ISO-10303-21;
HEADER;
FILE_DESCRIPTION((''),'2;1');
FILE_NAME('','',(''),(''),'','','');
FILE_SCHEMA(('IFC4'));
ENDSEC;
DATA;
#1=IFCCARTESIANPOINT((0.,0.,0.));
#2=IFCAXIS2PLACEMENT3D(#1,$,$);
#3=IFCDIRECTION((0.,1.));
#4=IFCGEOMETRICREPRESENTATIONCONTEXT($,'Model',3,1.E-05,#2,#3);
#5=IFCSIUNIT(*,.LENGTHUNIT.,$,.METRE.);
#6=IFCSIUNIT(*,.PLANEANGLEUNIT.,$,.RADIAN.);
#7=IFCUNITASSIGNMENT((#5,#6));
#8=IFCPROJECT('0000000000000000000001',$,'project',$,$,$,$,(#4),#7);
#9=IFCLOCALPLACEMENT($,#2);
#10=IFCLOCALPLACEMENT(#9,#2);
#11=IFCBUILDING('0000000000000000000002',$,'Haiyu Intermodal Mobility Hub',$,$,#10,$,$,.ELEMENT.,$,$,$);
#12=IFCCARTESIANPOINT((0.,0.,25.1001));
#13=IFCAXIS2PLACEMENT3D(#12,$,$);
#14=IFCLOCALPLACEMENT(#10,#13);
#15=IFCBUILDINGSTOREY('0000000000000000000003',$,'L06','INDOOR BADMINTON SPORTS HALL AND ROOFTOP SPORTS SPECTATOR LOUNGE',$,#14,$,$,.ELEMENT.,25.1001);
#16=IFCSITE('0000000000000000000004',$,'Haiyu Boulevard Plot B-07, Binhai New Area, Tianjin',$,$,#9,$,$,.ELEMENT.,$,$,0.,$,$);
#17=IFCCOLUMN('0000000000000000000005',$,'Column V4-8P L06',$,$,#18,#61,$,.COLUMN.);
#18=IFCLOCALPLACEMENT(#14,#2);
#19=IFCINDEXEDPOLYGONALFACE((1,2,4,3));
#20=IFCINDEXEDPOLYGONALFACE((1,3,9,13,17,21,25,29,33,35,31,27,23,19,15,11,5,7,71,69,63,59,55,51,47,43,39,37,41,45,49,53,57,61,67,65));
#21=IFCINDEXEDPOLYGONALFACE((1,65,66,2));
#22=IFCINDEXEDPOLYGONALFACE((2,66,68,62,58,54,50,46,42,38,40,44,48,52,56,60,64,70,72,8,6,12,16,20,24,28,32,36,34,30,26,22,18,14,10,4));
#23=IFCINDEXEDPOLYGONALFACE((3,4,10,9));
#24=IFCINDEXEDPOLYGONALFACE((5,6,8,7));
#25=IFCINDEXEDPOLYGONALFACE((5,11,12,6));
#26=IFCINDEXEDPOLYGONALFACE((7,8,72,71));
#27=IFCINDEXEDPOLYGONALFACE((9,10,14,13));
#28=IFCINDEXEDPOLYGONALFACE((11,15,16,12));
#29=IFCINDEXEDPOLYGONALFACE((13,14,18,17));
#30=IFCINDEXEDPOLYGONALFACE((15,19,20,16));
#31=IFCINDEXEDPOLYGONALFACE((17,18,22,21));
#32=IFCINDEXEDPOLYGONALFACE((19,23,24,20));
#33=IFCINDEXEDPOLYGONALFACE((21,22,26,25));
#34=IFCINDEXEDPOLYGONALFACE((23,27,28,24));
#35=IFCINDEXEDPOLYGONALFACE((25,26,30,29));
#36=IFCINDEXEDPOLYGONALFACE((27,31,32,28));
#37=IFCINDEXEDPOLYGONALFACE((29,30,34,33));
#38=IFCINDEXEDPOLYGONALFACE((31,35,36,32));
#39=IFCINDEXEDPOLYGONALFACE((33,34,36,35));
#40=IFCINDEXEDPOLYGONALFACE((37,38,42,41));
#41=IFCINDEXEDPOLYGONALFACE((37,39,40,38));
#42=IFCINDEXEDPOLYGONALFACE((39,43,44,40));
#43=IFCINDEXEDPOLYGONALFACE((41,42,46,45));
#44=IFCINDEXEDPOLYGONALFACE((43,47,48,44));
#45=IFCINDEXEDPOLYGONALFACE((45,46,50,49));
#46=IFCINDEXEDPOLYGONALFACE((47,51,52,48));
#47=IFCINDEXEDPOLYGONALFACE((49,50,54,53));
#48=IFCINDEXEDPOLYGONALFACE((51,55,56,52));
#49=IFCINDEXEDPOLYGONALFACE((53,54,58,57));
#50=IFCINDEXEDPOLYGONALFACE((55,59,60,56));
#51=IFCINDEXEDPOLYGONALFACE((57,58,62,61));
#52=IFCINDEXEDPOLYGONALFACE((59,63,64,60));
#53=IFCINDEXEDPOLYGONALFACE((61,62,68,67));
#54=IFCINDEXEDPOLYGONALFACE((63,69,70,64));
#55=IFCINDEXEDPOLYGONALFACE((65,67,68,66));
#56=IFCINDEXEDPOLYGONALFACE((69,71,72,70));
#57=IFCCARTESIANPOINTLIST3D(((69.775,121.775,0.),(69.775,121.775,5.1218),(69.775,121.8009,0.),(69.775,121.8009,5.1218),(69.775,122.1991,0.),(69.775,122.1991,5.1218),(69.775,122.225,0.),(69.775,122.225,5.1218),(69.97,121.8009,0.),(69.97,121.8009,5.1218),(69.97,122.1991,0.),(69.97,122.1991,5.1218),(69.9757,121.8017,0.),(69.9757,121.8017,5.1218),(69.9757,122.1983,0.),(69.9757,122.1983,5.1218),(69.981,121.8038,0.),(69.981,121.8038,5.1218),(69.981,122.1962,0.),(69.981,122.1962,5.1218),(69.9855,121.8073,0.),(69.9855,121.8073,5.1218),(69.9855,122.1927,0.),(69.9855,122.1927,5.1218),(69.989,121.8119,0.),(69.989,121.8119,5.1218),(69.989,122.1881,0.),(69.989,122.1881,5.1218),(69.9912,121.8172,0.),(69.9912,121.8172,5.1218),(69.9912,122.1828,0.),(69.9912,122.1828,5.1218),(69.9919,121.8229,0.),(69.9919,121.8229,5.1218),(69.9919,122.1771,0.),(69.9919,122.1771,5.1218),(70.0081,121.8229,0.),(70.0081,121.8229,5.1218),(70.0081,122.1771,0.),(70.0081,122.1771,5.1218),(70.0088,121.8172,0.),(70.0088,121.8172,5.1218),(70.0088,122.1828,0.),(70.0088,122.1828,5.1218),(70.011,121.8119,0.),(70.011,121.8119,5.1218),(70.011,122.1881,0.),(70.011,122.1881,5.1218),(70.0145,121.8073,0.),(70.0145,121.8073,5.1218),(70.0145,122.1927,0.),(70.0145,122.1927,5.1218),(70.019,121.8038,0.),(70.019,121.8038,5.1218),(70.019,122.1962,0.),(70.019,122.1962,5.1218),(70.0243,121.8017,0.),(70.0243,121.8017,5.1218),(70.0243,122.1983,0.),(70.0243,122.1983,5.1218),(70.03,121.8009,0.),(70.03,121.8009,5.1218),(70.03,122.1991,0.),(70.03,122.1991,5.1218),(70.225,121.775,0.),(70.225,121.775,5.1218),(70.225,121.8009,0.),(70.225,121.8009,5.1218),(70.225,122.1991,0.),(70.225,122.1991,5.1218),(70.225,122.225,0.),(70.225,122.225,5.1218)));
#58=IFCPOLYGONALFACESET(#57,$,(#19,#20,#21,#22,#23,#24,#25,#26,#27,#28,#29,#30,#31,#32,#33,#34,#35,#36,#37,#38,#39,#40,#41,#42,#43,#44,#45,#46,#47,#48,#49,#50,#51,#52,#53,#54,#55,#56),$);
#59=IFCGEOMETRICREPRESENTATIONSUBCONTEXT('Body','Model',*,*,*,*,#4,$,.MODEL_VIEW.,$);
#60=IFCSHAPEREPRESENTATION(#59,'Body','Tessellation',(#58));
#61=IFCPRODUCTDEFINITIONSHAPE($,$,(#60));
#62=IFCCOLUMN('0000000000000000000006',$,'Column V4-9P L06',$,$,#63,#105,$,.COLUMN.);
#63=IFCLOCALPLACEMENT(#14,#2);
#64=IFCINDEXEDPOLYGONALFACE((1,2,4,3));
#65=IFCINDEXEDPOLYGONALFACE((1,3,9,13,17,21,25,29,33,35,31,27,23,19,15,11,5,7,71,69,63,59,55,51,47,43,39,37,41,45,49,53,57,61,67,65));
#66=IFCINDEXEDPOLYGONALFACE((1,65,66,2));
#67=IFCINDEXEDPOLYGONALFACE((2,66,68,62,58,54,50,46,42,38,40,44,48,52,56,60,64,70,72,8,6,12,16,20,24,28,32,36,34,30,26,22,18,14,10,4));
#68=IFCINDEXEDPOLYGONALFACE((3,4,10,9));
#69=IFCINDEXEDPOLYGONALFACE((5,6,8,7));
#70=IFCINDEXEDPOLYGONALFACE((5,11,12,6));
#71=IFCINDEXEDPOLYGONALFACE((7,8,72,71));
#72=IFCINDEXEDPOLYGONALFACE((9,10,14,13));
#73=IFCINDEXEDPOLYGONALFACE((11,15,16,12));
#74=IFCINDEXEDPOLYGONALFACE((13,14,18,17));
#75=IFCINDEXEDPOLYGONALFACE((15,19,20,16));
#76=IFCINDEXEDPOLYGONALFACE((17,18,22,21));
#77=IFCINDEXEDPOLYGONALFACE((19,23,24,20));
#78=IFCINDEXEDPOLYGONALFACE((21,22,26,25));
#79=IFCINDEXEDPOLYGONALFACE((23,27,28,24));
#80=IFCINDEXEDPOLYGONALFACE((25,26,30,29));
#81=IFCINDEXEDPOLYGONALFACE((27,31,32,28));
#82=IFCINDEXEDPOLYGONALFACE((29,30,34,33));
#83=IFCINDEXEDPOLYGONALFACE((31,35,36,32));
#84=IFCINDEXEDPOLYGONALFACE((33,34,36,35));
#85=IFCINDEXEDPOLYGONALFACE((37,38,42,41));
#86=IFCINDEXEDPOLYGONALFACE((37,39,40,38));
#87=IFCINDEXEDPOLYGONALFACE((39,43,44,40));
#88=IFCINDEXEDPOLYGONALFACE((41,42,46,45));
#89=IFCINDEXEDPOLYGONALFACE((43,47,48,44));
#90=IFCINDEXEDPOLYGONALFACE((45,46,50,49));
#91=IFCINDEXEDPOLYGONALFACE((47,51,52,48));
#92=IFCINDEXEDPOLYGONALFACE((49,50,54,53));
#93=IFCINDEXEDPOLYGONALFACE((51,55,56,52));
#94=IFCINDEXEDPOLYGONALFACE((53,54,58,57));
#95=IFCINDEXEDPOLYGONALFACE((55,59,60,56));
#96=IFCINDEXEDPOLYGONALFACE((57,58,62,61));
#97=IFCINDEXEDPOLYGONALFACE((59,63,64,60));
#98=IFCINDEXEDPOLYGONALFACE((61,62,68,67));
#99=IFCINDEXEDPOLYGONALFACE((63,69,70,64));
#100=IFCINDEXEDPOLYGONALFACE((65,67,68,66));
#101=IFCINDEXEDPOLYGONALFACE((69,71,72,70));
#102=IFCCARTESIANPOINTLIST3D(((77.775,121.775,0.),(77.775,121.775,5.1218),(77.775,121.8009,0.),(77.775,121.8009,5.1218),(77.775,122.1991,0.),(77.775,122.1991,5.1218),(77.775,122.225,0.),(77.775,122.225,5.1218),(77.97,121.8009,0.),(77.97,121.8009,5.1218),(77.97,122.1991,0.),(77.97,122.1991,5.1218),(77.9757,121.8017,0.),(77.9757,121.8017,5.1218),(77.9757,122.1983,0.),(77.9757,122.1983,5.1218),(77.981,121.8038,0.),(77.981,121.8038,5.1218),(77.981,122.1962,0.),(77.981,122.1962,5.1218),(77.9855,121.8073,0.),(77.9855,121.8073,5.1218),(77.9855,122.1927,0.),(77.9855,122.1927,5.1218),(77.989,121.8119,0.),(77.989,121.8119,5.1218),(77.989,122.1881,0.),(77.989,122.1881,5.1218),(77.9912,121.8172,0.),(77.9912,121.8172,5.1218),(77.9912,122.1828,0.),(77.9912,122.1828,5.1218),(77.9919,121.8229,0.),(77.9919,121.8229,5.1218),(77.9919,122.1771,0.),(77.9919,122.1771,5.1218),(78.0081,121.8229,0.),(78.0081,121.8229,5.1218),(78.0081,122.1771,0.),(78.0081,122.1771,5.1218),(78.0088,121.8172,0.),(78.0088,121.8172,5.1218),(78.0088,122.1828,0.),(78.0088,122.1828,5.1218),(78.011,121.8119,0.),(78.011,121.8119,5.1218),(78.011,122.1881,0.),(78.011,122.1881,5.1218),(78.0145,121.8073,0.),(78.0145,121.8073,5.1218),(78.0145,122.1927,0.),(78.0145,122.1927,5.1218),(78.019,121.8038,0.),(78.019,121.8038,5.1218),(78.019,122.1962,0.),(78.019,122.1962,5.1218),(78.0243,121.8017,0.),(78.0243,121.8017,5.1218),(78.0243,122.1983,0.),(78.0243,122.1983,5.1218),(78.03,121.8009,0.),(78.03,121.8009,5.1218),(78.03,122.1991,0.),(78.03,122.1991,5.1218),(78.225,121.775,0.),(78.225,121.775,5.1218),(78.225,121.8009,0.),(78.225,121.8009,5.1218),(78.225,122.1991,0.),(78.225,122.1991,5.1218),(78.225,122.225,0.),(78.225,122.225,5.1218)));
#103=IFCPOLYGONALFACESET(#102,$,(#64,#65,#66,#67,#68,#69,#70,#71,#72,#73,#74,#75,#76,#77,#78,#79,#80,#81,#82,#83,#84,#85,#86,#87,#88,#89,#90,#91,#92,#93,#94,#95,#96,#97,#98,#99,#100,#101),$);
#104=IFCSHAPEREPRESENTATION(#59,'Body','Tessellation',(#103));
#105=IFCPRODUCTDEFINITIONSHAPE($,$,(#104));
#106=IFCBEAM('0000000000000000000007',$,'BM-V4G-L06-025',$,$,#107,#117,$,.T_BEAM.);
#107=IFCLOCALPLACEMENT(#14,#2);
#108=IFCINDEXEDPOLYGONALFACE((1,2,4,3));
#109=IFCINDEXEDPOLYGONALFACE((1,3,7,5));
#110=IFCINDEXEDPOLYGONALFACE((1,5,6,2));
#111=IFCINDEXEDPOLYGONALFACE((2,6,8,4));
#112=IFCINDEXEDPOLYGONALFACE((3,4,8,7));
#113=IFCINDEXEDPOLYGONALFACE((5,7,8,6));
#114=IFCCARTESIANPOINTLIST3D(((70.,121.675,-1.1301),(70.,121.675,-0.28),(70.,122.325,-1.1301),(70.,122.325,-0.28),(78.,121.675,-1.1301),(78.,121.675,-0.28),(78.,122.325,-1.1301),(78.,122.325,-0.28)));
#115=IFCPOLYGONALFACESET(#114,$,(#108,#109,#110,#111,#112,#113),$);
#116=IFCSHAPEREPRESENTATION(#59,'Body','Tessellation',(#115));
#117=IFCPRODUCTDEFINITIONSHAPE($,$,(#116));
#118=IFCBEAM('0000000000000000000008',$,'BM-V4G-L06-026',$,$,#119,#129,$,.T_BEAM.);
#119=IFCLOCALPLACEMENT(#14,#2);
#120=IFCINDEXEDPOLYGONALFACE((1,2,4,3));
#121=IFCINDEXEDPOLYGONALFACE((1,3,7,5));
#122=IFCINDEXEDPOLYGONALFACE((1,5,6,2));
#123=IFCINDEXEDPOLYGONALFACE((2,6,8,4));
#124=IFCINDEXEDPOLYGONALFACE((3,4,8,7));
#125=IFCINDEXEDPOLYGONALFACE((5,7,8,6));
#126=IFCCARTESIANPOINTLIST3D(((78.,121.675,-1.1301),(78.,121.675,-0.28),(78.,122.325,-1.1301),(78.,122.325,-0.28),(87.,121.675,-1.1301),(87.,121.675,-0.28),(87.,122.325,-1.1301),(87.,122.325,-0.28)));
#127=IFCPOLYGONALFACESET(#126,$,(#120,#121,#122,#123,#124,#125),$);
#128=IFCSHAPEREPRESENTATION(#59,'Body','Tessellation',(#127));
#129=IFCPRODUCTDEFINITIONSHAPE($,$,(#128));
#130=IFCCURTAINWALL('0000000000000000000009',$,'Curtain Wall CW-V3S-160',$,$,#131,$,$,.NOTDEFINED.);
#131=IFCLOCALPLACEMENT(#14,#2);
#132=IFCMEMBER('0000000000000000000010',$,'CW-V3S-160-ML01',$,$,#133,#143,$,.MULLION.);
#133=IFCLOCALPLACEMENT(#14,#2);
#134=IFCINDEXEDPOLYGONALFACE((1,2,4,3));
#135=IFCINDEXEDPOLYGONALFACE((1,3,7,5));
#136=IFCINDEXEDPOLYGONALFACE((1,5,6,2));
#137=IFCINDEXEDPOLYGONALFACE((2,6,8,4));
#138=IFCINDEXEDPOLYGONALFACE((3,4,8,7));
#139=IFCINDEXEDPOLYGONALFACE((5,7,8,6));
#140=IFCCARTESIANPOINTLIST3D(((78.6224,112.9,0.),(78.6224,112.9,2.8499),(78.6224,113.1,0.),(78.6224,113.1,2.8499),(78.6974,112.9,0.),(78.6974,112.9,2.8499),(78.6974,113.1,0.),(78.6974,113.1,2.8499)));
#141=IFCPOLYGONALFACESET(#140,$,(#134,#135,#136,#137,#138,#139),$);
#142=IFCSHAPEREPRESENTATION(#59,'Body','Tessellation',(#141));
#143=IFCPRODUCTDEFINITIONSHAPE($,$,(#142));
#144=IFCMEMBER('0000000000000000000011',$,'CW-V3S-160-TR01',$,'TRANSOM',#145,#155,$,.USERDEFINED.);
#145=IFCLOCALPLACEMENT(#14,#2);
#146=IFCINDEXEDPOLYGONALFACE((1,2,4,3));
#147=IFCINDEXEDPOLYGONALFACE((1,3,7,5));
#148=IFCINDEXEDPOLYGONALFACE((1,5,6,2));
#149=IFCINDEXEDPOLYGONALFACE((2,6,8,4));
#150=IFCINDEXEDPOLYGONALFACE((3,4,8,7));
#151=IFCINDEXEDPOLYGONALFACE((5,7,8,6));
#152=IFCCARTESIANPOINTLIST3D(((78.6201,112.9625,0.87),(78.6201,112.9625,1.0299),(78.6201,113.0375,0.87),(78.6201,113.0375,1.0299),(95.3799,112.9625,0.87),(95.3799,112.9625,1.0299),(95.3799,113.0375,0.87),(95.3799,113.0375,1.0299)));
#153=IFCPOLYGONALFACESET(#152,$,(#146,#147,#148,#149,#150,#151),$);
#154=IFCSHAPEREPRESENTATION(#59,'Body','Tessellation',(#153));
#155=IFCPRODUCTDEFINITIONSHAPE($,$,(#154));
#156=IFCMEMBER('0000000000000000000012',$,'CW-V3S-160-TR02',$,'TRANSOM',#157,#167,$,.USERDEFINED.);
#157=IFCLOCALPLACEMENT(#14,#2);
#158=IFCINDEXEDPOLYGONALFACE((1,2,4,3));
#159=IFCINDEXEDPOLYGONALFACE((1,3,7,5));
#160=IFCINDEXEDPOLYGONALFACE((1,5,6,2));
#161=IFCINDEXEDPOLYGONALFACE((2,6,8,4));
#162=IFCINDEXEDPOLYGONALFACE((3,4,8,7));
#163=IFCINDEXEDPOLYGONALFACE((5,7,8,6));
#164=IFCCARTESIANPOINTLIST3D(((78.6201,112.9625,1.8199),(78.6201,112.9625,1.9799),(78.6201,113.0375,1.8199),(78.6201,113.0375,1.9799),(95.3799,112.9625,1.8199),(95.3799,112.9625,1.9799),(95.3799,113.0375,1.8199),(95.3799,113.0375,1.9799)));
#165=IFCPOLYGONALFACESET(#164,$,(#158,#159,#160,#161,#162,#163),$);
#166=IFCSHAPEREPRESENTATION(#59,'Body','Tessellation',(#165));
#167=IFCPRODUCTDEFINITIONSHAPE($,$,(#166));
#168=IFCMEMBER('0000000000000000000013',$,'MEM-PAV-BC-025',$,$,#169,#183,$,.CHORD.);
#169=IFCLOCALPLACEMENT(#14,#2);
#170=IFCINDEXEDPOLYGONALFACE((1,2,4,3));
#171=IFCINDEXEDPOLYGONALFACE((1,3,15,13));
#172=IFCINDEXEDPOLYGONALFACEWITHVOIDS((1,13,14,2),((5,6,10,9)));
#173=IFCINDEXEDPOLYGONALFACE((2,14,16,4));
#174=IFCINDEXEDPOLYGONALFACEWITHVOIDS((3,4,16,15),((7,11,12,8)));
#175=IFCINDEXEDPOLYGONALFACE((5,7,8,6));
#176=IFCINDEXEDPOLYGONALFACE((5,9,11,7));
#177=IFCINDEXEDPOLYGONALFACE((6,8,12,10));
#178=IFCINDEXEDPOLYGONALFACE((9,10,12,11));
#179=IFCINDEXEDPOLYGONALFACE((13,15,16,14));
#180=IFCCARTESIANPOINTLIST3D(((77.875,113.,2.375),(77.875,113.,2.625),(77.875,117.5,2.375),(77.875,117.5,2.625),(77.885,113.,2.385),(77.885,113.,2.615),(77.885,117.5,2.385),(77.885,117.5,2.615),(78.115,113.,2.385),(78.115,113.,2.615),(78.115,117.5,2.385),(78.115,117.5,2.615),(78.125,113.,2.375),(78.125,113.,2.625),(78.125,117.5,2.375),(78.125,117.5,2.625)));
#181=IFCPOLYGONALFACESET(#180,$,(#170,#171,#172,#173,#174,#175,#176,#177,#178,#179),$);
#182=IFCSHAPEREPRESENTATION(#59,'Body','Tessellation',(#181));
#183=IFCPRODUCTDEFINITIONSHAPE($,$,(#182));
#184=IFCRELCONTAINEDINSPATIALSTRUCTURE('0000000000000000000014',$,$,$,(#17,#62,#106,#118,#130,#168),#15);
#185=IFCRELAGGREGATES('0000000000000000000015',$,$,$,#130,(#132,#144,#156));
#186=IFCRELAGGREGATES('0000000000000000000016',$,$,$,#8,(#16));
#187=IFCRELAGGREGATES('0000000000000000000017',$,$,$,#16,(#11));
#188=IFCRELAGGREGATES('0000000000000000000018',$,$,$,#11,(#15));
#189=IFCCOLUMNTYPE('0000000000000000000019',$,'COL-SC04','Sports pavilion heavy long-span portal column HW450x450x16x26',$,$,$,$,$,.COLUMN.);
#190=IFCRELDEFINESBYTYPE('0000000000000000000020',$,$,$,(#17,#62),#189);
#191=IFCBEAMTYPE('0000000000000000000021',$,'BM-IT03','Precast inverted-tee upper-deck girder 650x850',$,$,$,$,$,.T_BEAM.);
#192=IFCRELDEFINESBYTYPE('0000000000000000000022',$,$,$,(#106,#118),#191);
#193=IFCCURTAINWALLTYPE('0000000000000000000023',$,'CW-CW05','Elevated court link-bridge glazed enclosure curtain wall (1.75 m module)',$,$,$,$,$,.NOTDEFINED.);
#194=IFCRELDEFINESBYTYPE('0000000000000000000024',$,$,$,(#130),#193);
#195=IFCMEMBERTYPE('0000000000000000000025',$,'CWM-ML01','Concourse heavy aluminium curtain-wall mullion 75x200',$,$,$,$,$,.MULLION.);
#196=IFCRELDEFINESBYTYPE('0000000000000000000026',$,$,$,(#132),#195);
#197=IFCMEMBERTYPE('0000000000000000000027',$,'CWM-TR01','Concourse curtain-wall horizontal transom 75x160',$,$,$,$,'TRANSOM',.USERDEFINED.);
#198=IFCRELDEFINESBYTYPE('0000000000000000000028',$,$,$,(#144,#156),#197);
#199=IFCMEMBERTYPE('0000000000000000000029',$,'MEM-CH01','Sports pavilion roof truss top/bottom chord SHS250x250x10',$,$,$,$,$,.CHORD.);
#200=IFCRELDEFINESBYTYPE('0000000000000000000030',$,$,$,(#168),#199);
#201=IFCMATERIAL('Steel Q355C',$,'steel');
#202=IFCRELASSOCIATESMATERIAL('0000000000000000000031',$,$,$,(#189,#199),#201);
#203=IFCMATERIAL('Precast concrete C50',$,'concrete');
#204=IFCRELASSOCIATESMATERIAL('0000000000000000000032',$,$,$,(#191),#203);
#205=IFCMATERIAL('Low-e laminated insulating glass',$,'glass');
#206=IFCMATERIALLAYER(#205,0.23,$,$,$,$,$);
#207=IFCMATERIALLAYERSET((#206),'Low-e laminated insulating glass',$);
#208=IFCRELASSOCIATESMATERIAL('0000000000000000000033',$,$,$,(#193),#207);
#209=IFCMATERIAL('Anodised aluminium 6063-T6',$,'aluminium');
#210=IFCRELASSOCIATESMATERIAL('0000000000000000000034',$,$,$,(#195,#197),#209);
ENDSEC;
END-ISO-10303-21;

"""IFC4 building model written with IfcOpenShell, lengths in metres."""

from ifc_helpers import new_model, si_unit, direction, frame, origin, origin_2d, place, context, subcontext, project, spatial, rectangle, hollow_rectangle, i_section, extrude, material, layer, layer_set, material_profile, profile_set, type_object, element, aggregate, save


model = new_model("IFC4")

# Units and contexts
model_context = context("Model", 3, precision=1e-05, world=origin(), true_north=direction((0.0, 1.0)))
body_context = subcontext(model_context, "Body", "Model", "MODEL_VIEW")
ifc_project = project(units=[si_unit("LENGTHUNIT", "METRE"), si_unit("PLANEANGLEUNIT", "RADIAN")], contexts=[model_context])

# Site, building, storey
site_placement = place(None, origin())
site = spatial("IfcSite", under=ifc_project, at=site_placement, Name="Haiyu Boulevard Plot B-07, Binhai New Area, Tianjin", CompositionType="ELEMENT", RefElevation=0.0)
building_placement = place(site_placement, origin())
building = spatial("IfcBuilding", under=site, at=building_placement, Name="Haiyu Intermodal Mobility Hub", CompositionType="ELEMENT")
storey_placement = place(building_placement, frame((0.0, 0.0, 25.1001)))
storey = spatial("IfcBuildingStorey", under=building, at=storey_placement, Name="L06", Description="INDOOR BADMINTON SPORTS HALL AND ROOFTOP SPORTS SPECTATOR LOUNGE", CompositionType="ELEMENT", Elevation=25.1001)

# Columns
ifc_material_1 = material(Name="Steel Q355C", Category="steel")
ifc_material_profile_1 = material_profile(ifc_material_1, i_section(OverallWidth=0.45, OverallDepth=0.45, WebThickness=0.0161, FlangeThickness=0.0259, FilletRadius=0.022, at=origin_2d()), Name="HW450x450x16x26")
ifc_profile_set_1 = profile_set([ifc_material_profile_1], Name="Steel Q355C")
column_type = type_object("IfcColumnType", Name="COL-SC04", Description="Sports pavilion heavy long-span portal column HW450x450x16x26", PredefinedType="COLUMN", material=ifc_profile_set_1)
for number, where, z_axis, x_axis, name in (
    (1, (70.0, 122.0, 0.0), (0.0, 0.0, 1.0), (1.0, 0.0, 0.0), "Column V4-8P L06"),
    (2, (78.0, 122.0, 0.0), (0.0, 0.0, 1.0), (1.0, 0.0, 0.0), "Column V4-9P L06"),
):
    element("IfcColumn", number, at=place(storey_placement, frame(where, z_axis=z_axis, x_axis=x_axis)), inside=storey, type_object=column_type, Name=name, PredefinedType="COLUMN", context=body_context, shape_type="SweptSolid", body=[
        extrude(i_section(OverallWidth=0.45, OverallDepth=0.45, WebThickness=0.0161, FlangeThickness=0.0259, FilletRadius=0.022, at=origin_2d()), origin(), (0.0, 0.0, 1.0), 5.1218),
    ])

# Beams
ifc_material_2 = material(Name="Precast concrete C50", Category="concrete")
ifc_material_profile_2 = material_profile(ifc_material_2, rectangle(XDim=0.6499, YDim=0.8501, at=origin_2d()), Name="PC650x850")
ifc_profile_set_2 = profile_set([ifc_material_profile_2], Name="Precast concrete C50")
beam_type = type_object("IfcBeamType", Name="BM-IT03", Description="Precast inverted-tee upper-deck girder 650x850", PredefinedType="T_BEAM", material=ifc_profile_set_2)
beam_1_placement = place(storey_placement, frame((70.0, 122.0, -0.7051), z_axis=(1.0, 0.0, 0.0), x_axis=(0.0, 1.0, 0.0)))
element("IfcBeam", 3, at=beam_1_placement, inside=storey, type_object=beam_type, Name="BM-V4G-L06-025", PredefinedType="T_BEAM", context=body_context, shape_type="SweptSolid", body=[
    extrude(rectangle(XDim=0.6499, YDim=0.8501, at=origin_2d()), origin(), (0.0, 0.0, 1.0), 8.0),
])
beam_2_placement = place(storey_placement, frame((78.0, 122.0, -0.7051), z_axis=(1.0, 0.0, 0.0), x_axis=(0.0, 1.0, 0.0)))
element("IfcBeam", 4, at=beam_2_placement, inside=storey, type_object=beam_type, Name="BM-V4G-L06-026", PredefinedType="T_BEAM", context=body_context, shape_type="SweptSolid", body=[
    extrude(rectangle(XDim=0.6499, YDim=0.8501, at=origin_2d()), origin(), (0.0, 0.0, 1.0), 9.0),
])

# Curtain wall, members
ifc_material_3 = material(Name="Low-e laminated insulating glass", Category="glass")
ifc_layer_1 = layer(ifc_material_3, 0.23)
ifc_layer_set_1 = layer_set([ifc_layer_1], Name="Low-e laminated insulating glass")
curtain_wall_type = type_object("IfcCurtainWallType", Name="CW-CW05", Description="Elevated court link-bridge glazed enclosure curtain wall (1.75 m module)", PredefinedType="NOTDEFINED", material=ifc_layer_set_1)
curtain_wall_placement = place(storey_placement, origin())
curtain_wall = element("IfcCurtainWall", 5, at=curtain_wall_placement, inside=storey, type_object=curtain_wall_type, Name="Curtain Wall CW-V3S-160", PredefinedType="NOTDEFINED")
ifc_material_4 = material(Name="Anodised aluminium 6063-T6", Category="aluminium")
ifc_material_profile_3 = material_profile(ifc_material_4, rectangle(XDim=0.075, YDim=0.2, at=origin_2d()), Name="ALU75x200")
ifc_profile_set_3 = profile_set([ifc_material_profile_3], Name="Anodised aluminium 6063-T6")
member_type_1 = type_object("IfcMemberType", Name="CWM-ML01", Description="Concourse heavy aluminium curtain-wall mullion 75x200", PredefinedType="MULLION", material=ifc_profile_set_3)
member_1_placement = place(storey_placement, frame((78.6599, 113.0, 0.0), z_axis=(0.0, 0.0, 1.0), x_axis=(1.0, 0.0, 0.0)))
member_1 = element("IfcMember", 6, at=member_1_placement, type_object=member_type_1, Name="CW-V3S-160-ML01", PredefinedType="MULLION", context=body_context, shape_type="SweptSolid", body=[
    extrude(rectangle(XDim=0.075, YDim=0.2, at=origin_2d()), origin(), (0.0, 0.0, 1.0), 2.8499),
])
ifc_material_profile_4 = material_profile(ifc_material_4, rectangle(XDim=0.075, YDim=0.1599, at=origin_2d()), Name="ALU75x160")
ifc_profile_set_4 = profile_set([ifc_material_profile_4], Name="Anodised aluminium 6063-T6")
member_type_2 = type_object("IfcMemberType", Name="CWM-TR01", Description="Concourse curtain-wall horizontal transom 75x160", ElementType="TRANSOM", PredefinedType="USERDEFINED", material=ifc_profile_set_4)
member_2_placement = place(storey_placement, frame((78.6201, 113.0, 0.95), z_axis=(1.0, 0.0, 0.0), x_axis=(0.0, 1.0, 0.0)))
member_2 = element("IfcMember", 7, at=member_2_placement, type_object=member_type_2, Name="CW-V3S-160-TR01", ObjectType="TRANSOM", PredefinedType="USERDEFINED", context=body_context, shape_type="SweptSolid", body=[
    extrude(rectangle(XDim=0.075, YDim=0.1599, at=origin_2d()), origin(), (0.0, 0.0, 1.0), 16.7598),
])
member_3_placement = place(storey_placement, frame((78.6201, 113.0, 1.8999), z_axis=(1.0, 0.0, 0.0), x_axis=(0.0, 1.0, 0.0)))
member_3 = element("IfcMember", 8, at=member_3_placement, type_object=member_type_2, Name="CW-V3S-160-TR02", ObjectType="TRANSOM", PredefinedType="USERDEFINED", context=body_context, shape_type="SweptSolid", body=[
    extrude(rectangle(XDim=0.075, YDim=0.1599, at=origin_2d()), origin(), (0.0, 0.0, 1.0), 16.7598),
])
aggregate(curtain_wall, [member_1, member_2, member_3])

# Member
ifc_material_profile_5 = material_profile(ifc_material_1, hollow_rectangle(XDim=0.25, YDim=0.25, WallThickness=0.01, at=origin_2d()), Name="SHS250x250x10")
ifc_profile_set_5 = profile_set([ifc_material_profile_5], Name="Steel Q355C")
member_type_3 = type_object("IfcMemberType", Name="MEM-CH01", Description="Sports pavilion roof truss top/bottom chord SHS250x250x10", PredefinedType="CHORD", material=ifc_profile_set_5)
member_4_placement = place(storey_placement, frame((78.0, 113.0, 2.5), z_axis=(0.0, 1.0, 0.0), x_axis=(-1.0, 0.0, 0.0)))
element("IfcMember", 9, at=member_4_placement, inside=storey, type_object=member_type_3, Name="MEM-PAV-BC-025", PredefinedType="CHORD", context=body_context, shape_type="SweptSolid", body=[
    extrude(hollow_rectangle(XDim=0.25, YDim=0.25, WallThickness=0.01, at=origin_2d()), origin(), (0.0, 0.0, 1.0), 4.5),
])

save(model, "model.ifc")
